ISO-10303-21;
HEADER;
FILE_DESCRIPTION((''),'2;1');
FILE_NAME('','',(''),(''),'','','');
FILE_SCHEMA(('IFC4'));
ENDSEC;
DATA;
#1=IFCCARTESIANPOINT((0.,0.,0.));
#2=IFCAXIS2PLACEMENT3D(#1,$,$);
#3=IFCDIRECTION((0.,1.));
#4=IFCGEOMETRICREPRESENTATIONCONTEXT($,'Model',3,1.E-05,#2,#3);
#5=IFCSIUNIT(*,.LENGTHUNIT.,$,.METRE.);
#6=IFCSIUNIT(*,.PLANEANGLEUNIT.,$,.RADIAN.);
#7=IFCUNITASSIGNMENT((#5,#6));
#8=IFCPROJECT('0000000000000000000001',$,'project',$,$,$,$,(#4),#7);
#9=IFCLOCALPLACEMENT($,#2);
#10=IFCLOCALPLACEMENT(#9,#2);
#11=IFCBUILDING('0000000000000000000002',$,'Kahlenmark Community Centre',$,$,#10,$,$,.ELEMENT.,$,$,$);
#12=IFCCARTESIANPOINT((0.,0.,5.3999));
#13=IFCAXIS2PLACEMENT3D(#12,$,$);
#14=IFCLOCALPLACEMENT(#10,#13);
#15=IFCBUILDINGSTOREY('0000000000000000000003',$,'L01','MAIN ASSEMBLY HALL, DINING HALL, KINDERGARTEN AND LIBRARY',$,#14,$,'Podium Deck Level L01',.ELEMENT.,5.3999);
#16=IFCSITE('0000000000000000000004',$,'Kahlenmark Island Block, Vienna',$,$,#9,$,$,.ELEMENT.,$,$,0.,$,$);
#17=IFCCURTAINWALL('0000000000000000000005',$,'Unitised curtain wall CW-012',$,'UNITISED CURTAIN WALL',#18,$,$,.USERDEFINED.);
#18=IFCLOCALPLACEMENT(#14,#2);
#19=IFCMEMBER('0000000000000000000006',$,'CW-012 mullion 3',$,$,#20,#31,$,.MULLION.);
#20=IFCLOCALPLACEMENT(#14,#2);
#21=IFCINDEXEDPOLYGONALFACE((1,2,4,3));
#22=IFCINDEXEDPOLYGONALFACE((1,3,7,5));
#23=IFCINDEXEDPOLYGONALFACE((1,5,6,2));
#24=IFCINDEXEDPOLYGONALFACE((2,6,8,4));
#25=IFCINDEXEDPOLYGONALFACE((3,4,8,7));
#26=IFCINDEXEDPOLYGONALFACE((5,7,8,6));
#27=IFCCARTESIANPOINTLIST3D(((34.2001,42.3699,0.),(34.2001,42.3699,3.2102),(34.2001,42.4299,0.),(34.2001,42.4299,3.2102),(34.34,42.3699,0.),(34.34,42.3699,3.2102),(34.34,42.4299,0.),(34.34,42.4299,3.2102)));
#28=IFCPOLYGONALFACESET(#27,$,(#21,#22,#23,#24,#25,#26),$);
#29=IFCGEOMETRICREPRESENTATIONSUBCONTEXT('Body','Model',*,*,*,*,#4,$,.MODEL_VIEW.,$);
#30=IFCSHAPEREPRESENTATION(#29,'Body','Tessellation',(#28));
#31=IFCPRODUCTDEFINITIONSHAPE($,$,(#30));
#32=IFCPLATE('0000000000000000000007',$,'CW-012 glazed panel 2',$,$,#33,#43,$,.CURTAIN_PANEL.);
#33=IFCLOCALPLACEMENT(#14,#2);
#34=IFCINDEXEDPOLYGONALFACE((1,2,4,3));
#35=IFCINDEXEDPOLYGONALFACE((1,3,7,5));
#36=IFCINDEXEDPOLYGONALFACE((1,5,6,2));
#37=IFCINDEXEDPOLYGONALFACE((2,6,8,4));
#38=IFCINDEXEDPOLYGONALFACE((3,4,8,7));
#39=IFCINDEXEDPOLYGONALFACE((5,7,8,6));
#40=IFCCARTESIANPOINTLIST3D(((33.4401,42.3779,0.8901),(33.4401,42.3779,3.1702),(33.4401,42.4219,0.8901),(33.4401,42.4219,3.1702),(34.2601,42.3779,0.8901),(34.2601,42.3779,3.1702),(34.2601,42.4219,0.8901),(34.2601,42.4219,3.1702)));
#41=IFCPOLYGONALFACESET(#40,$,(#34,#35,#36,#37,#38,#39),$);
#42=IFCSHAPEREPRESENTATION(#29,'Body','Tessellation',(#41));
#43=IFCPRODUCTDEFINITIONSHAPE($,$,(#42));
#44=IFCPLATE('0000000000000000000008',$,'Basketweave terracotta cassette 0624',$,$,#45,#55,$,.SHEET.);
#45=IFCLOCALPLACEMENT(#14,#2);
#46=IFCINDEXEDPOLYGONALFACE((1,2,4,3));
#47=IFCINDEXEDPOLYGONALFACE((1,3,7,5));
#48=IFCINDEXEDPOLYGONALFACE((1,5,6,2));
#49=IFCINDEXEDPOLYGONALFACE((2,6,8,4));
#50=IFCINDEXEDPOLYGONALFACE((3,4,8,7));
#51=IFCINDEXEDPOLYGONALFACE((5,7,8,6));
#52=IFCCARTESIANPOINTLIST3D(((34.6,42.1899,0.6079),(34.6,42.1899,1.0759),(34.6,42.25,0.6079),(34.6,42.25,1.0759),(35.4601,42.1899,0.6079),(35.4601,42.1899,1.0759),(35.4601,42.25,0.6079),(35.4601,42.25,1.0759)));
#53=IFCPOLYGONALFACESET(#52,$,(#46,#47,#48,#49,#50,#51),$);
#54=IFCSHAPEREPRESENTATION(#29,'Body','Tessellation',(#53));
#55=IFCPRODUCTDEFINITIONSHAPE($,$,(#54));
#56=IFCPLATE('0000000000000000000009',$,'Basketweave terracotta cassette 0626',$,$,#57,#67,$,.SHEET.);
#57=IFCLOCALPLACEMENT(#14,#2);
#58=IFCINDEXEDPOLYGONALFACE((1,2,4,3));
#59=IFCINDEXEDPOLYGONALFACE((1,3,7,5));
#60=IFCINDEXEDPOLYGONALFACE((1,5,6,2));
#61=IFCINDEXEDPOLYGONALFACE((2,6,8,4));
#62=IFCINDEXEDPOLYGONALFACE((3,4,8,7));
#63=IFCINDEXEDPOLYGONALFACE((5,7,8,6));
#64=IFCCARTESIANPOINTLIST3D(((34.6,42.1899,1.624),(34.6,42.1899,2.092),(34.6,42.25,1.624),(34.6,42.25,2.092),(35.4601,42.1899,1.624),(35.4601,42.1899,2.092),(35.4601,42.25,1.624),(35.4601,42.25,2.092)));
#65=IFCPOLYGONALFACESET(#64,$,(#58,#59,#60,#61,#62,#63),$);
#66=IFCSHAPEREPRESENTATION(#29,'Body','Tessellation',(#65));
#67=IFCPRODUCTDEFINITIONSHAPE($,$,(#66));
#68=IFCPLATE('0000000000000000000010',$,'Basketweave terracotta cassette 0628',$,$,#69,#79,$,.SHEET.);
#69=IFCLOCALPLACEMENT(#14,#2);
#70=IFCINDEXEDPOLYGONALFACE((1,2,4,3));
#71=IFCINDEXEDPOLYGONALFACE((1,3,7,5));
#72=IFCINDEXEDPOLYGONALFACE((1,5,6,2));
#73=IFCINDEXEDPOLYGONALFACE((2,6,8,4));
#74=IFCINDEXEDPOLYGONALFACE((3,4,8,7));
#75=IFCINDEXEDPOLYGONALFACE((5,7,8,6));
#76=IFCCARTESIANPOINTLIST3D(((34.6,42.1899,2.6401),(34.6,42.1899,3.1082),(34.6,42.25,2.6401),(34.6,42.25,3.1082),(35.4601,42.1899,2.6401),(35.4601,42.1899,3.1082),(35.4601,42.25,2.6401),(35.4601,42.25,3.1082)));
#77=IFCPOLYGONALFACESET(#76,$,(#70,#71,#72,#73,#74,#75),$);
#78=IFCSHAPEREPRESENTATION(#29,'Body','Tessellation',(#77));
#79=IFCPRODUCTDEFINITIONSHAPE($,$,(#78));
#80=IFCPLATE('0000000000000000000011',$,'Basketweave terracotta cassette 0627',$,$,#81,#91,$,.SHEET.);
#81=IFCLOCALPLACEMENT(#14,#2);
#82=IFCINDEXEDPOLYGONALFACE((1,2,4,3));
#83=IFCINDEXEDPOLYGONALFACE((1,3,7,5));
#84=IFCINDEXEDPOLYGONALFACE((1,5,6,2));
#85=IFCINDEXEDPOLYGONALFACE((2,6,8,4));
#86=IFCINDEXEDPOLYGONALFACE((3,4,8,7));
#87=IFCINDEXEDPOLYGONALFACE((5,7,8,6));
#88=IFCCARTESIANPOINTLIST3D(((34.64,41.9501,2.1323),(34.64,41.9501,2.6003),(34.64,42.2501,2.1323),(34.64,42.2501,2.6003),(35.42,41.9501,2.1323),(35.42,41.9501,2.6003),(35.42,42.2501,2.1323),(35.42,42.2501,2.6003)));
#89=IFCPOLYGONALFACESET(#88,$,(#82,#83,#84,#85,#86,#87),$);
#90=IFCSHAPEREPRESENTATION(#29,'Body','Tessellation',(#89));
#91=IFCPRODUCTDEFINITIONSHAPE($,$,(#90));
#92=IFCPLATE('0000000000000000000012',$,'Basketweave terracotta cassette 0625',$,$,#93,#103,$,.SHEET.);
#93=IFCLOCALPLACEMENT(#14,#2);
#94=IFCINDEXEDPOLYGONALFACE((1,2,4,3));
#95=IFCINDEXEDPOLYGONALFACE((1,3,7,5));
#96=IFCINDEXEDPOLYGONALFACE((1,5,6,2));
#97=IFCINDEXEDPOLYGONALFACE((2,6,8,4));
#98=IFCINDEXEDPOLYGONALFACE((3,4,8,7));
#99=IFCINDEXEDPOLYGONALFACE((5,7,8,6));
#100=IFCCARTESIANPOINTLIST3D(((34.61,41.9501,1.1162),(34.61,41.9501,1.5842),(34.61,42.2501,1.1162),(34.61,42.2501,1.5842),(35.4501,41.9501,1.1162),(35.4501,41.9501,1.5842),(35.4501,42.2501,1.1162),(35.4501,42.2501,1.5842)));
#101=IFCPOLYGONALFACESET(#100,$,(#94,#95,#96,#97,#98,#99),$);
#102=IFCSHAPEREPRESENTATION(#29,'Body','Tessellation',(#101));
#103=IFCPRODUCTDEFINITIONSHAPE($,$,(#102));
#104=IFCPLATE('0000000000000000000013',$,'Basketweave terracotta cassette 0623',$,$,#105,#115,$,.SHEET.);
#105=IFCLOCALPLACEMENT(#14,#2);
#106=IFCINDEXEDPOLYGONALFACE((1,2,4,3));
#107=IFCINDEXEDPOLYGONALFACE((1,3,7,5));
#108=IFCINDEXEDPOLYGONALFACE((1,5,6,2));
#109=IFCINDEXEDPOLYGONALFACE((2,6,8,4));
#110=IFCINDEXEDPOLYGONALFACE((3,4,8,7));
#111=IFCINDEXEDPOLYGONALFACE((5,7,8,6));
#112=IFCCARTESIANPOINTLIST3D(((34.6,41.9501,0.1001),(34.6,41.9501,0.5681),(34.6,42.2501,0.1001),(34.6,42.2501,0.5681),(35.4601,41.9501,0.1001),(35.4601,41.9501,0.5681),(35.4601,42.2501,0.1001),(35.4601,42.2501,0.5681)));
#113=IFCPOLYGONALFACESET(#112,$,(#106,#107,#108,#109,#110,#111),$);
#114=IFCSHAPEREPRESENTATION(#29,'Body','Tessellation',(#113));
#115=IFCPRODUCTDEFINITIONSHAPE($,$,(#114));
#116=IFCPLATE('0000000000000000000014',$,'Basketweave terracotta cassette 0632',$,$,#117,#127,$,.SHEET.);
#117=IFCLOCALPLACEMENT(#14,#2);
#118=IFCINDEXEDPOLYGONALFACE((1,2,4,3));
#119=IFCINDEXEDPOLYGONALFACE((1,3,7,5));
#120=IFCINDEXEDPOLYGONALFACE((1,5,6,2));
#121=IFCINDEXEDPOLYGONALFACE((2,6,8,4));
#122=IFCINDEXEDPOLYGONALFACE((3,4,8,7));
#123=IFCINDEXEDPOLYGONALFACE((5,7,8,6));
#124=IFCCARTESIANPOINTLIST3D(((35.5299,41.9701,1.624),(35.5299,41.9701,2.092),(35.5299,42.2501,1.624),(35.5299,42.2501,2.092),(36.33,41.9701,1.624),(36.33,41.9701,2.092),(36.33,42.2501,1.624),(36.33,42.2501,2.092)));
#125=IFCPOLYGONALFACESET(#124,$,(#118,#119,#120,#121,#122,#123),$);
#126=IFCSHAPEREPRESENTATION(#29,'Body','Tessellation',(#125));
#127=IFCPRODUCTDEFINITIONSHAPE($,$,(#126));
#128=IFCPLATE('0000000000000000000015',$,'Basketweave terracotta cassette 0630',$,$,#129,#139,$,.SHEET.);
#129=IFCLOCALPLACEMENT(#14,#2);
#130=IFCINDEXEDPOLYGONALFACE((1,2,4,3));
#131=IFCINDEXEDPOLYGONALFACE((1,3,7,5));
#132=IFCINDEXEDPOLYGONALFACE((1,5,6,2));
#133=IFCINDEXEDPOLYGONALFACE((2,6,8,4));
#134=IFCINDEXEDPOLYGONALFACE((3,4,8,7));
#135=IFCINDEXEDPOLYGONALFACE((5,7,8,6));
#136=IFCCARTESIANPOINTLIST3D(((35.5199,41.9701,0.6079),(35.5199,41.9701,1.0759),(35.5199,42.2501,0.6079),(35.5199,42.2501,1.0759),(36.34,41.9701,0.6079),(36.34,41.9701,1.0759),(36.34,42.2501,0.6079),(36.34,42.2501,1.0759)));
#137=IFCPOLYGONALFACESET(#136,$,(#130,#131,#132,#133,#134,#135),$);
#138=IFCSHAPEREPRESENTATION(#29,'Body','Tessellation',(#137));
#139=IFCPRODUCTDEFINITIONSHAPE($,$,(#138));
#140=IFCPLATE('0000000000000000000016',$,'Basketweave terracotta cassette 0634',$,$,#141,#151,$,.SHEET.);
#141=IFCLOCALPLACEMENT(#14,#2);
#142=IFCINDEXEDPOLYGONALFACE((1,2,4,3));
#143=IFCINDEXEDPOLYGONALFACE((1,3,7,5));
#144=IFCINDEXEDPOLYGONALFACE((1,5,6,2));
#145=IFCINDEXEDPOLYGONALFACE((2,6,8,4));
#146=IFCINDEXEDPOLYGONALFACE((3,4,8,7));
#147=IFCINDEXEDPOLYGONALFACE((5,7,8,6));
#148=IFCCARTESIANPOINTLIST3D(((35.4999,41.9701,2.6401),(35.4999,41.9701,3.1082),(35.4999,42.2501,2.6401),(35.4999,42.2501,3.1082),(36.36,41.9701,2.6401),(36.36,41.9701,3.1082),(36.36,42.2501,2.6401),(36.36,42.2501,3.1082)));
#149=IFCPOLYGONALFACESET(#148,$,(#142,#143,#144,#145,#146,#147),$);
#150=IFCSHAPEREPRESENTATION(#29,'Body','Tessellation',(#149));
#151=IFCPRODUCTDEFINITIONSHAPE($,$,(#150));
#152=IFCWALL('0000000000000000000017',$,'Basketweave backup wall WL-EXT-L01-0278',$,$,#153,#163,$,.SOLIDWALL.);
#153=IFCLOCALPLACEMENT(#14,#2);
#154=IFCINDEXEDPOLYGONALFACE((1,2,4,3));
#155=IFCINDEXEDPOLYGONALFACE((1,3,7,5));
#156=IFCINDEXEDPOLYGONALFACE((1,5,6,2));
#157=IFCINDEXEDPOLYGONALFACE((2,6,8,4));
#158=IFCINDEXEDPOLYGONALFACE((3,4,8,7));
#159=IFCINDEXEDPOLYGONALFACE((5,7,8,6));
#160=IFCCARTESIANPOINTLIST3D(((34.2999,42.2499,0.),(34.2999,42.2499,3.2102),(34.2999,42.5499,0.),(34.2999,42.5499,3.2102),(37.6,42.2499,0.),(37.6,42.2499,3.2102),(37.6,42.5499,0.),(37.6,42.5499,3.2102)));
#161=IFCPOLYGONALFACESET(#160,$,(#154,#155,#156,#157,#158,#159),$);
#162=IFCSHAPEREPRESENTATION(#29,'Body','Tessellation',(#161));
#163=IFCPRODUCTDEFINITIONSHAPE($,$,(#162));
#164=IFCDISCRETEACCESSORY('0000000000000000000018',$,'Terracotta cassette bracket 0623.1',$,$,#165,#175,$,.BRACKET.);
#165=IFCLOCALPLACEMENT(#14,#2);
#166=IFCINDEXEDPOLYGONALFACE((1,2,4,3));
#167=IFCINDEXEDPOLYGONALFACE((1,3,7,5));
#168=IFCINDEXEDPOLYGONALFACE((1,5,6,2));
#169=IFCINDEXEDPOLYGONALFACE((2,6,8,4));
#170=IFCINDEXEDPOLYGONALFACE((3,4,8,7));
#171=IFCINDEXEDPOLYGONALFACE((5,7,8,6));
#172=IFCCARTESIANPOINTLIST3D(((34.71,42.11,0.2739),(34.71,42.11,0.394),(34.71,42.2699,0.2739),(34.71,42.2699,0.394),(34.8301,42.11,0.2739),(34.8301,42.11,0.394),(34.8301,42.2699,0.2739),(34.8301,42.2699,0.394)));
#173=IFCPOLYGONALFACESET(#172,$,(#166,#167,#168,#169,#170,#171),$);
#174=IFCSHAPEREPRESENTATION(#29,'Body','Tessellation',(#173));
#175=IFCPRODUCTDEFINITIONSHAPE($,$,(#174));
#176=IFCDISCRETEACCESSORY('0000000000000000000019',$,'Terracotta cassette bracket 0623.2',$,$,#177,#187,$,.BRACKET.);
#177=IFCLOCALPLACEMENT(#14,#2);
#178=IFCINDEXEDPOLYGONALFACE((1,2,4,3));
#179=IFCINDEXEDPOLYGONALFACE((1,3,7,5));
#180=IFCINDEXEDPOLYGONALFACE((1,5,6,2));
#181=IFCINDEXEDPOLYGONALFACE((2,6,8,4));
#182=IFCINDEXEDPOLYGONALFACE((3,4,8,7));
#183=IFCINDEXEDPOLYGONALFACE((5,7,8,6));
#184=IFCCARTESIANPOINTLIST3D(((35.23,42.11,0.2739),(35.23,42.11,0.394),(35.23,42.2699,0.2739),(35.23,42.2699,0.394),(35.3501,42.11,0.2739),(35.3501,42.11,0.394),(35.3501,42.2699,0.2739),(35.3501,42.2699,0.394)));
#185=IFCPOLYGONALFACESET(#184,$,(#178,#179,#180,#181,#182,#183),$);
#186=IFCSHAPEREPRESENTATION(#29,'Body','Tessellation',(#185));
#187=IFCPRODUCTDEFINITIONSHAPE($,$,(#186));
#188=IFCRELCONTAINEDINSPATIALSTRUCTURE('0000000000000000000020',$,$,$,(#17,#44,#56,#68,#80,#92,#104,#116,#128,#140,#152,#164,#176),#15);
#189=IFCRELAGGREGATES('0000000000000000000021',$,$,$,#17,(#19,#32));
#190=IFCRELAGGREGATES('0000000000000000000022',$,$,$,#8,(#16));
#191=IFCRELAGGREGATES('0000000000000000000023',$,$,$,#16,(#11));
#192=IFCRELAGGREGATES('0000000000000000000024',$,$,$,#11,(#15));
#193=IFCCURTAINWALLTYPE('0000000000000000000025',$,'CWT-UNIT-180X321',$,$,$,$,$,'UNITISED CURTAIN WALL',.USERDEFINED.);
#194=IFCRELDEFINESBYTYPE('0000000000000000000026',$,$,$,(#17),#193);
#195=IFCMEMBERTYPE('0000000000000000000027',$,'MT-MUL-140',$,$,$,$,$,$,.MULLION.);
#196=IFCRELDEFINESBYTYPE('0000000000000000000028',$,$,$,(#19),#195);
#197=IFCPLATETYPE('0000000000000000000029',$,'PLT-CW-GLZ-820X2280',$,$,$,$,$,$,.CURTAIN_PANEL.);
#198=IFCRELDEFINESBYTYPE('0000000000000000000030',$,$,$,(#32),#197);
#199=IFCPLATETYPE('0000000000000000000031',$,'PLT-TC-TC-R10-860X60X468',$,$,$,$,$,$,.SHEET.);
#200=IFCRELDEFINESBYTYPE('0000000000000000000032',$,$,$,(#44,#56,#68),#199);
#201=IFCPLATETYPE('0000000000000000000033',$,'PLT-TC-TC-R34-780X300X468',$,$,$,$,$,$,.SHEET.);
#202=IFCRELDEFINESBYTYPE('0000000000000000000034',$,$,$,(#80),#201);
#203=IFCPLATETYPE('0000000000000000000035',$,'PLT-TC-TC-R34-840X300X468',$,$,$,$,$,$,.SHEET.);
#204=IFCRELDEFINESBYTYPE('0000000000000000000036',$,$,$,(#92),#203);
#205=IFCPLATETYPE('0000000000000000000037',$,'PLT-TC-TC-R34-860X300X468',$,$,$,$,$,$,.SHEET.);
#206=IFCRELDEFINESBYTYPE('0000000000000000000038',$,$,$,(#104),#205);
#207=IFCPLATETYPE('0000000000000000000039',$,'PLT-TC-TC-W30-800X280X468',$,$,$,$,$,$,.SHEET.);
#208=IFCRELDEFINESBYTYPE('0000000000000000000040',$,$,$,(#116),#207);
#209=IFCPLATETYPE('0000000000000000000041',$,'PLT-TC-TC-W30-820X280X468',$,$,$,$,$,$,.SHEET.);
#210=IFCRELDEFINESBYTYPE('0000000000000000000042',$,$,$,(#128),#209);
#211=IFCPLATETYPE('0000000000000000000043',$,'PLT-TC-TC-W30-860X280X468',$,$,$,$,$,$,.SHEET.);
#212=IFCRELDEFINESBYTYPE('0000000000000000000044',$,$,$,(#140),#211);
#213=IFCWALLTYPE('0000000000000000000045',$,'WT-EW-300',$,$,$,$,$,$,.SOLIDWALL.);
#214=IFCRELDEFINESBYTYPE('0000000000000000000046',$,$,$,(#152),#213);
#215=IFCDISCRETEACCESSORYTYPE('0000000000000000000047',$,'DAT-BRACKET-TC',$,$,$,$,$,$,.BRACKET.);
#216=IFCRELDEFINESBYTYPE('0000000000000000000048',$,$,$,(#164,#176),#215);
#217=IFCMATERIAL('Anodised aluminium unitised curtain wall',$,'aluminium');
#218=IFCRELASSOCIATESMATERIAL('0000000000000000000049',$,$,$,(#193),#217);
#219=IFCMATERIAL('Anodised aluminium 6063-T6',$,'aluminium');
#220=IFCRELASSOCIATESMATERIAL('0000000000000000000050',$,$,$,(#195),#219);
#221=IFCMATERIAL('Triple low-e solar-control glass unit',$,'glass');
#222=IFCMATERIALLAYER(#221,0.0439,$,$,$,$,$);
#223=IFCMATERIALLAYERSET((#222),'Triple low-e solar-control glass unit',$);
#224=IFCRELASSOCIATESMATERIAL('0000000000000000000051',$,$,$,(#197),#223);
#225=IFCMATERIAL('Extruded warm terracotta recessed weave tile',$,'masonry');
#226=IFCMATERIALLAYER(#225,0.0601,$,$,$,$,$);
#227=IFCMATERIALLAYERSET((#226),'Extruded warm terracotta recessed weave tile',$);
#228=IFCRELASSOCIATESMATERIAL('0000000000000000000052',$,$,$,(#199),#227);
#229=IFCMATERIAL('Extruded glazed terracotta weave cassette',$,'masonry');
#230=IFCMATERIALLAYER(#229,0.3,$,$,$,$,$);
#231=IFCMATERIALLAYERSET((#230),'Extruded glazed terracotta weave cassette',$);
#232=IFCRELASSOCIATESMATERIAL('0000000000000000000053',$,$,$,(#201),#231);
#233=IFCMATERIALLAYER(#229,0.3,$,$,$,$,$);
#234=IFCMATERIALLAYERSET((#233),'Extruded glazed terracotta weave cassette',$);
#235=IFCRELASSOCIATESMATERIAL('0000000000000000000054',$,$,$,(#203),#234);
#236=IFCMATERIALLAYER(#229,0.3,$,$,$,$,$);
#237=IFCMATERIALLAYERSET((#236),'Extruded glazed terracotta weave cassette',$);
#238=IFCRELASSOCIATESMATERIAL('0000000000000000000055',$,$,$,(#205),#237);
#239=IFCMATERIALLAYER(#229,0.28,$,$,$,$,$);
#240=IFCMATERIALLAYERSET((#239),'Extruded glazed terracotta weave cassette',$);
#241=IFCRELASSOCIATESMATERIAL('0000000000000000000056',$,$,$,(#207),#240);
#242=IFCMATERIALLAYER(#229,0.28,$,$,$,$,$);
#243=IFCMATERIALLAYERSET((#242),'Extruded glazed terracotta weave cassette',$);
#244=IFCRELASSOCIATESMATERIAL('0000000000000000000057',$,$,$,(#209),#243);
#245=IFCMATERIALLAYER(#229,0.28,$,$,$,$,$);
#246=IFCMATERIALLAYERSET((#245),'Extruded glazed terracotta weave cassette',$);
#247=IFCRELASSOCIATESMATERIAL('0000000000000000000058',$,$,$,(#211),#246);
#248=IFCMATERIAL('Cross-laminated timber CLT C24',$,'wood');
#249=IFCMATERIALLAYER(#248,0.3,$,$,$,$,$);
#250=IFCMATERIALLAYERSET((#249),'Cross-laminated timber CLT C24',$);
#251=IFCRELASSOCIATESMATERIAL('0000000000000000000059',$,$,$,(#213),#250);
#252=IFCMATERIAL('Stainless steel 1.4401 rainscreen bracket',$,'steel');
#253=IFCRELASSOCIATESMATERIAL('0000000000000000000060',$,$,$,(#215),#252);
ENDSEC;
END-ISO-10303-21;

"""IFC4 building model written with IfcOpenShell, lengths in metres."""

from ifc_helpers import new_model, si_unit, direction, frame, frame_2d, origin, origin_2d, place, context, subcontext, project, spatial, rectangle, extrude, material, layer, layer_set, material_profile, profile_set, type_object, element, aggregate, save


model = new_model("IFC4")

# Units and contexts
model_context = context("Model", 3, precision=1e-05, world=origin(), true_north=direction((0.0, 1.0)))
body_context = subcontext(model_context, "Body", "Model", "MODEL_VIEW")
ifc_project = project(units=[si_unit("LENGTHUNIT", "METRE"), si_unit("PLANEANGLEUNIT", "RADIAN")], contexts=[model_context])

# Site, building, storey
site_placement = place(None, origin())
site = spatial("IfcSite", under=ifc_project, at=site_placement, Name="Kahlenmark Island Block, Vienna", CompositionType="ELEMENT", RefElevation=0.0)
building_placement = place(site_placement, origin())
building = spatial("IfcBuilding", under=site, at=building_placement, Name="Kahlenmark Community Centre", CompositionType="ELEMENT")
storey_placement = place(building_placement, frame((0.0, 0.0, 5.3999)))
storey = spatial("IfcBuildingStorey", under=building, at=storey_placement, Name="L01", Description="MAIN ASSEMBLY HALL, DINING HALL, KINDERGARTEN AND LIBRARY", LongName="Podium Deck Level L01", CompositionType="ELEMENT", Elevation=5.3999)

# Curtain wall, member, plate
ifc_material_1 = material(Name="Anodised aluminium unitised curtain wall", Category="aluminium")
curtain_wall_type = type_object("IfcCurtainWallType", Name="CWT-UNIT-180X321", ElementType="UNITISED CURTAIN WALL", PredefinedType="USERDEFINED", material=ifc_material_1)
curtain_wall_placement = place(storey_placement, origin())
curtain_wall = element("IfcCurtainWall", 1, at=curtain_wall_placement, inside=storey, type_object=curtain_wall_type, Name="Unitised curtain wall CW-012", ObjectType="UNITISED CURTAIN WALL", PredefinedType="USERDEFINED")
ifc_material_2 = material(Name="Anodised aluminium 6063-T6", Category="aluminium")
ifc_material_profile = material_profile(ifc_material_2, rectangle(XDim=0.0601, YDim=0.1399, at=origin_2d()), Name="ALU MULLION 60x140")
ifc_profile_set = profile_set([ifc_material_profile], Name="Anodised aluminium 6063-T6")
member_type = type_object("IfcMemberType", Name="MT-MUL-140", PredefinedType="MULLION", material=ifc_profile_set)
member_placement = place(storey_placement, frame((34.27, 42.3999, 0.0), z_axis=(0.0, 0.0, 1.0), x_axis=(0.0, 1.0, 0.0)))
member = element("IfcMember", 2, at=member_placement, type_object=member_type, Name="CW-012 mullion 3", PredefinedType="MULLION", context=body_context, shape_type="SweptSolid", body=[
    extrude(rectangle(XDim=0.0601, YDim=0.1399, at=origin_2d()), origin(), (0.0, 0.0, 1.0), 3.2102),
])
ifc_material_3 = material(Name="Triple low-e solar-control glass unit", Category="glass")
ifc_layer_1 = layer(ifc_material_3, 0.0439)
ifc_layer_set_1 = layer_set([ifc_layer_1], Name="Triple low-e solar-control glass unit")
plate_type_1 = type_object("IfcPlateType", Name="PLT-CW-GLZ-820X2280", PredefinedType="CURTAIN_PANEL", material=ifc_layer_set_1)
plate_1_placement = place(storey_placement, frame((33.8501, 42.3999, 0.8901), z_axis=(0.0, 0.0, 1.0), x_axis=(1.0, 0.0, 0.0)))
plate_1 = element("IfcPlate", 3, at=plate_1_placement, type_object=plate_type_1, Name="CW-012 glazed panel 2", PredefinedType="CURTAIN_PANEL", context=body_context, shape_type="SweptSolid", body=[
    extrude(rectangle(XDim=0.8201, YDim=0.0439, at=origin_2d()), origin(), (0.0, 0.0, 1.0), 2.28),
])
aggregate(curtain_wall, [member, plate_1])

# Plates
ifc_material_4 = material(Name="Extruded warm terracotta recessed weave tile", Category="masonry")
ifc_layer_2 = layer(ifc_material_4, 0.0601)
ifc_layer_set_2 = layer_set([ifc_layer_2], Name="Extruded warm terracotta recessed weave tile")
plate_type_2 = type_object("IfcPlateType", Name="PLT-TC-TC-R10-860X60X468", PredefinedType="SHEET", material=ifc_layer_set_2)
for number, where, z_axis, x_axis, name in (
    (4, (35.03, 42.22, 0.6079), (0.0, 0.0, 1.0), (1.0, 0.0, 0.0), "Basketweave terracotta cassette 0624"),
    (5, (35.03, 42.22, 1.624), (0.0, 0.0, 1.0), (1.0, 0.0, 0.0), "Basketweave terracotta cassette 0626"),
    (6, (35.03, 42.22, 2.6401), (0.0, 0.0, 1.0), (1.0, 0.0, 0.0), "Basketweave terracotta cassette 0628"),
):
    element("IfcPlate", number, at=place(storey_placement, frame(where, z_axis=z_axis, x_axis=x_axis)), inside=storey, type_object=plate_type_2, Name=name, PredefinedType="SHEET", context=body_context, shape_type="SweptSolid", body=[
        extrude(rectangle(XDim=0.8601, YDim=0.0601, at=origin_2d()), origin(), (0.0, 0.0, 1.0), 0.468),
    ])
ifc_material_5 = material(Name="Extruded glazed terracotta weave cassette", Category="masonry")
ifc_layer_3 = layer(ifc_material_5, 0.3)
ifc_layer_set_3 = layer_set([ifc_layer_3], Name="Extruded glazed terracotta weave cassette")
plate_type_3 = type_object("IfcPlateType", Name="PLT-TC-TC-R34-780X300X468", PredefinedType="SHEET", material=ifc_layer_set_3)
plate_2_placement = place(storey_placement, frame((35.03, 42.1001, 2.1323), z_axis=(0.0, 0.0, 1.0), x_axis=(1.0, 0.0, 0.0)))
element("IfcPlate", 7, at=plate_2_placement, inside=storey, type_object=plate_type_3, Name="Basketweave terracotta cassette 0627", PredefinedType="SHEET", context=body_context, shape_type="SweptSolid", body=[
    extrude(rectangle(XDim=0.78, YDim=0.3, at=origin_2d()), origin(), (0.0, 0.0, 1.0), 0.468),
])
ifc_layer_4 = layer(ifc_material_5, 0.3)
ifc_layer_set_4 = layer_set([ifc_layer_4], Name="Extruded glazed terracotta weave cassette")
plate_type_4 = type_object("IfcPlateType", Name="PLT-TC-TC-R34-840X300X468", PredefinedType="SHEET", material=ifc_layer_set_4)
plate_3_placement = place(storey_placement, frame((35.03, 42.1001, 1.1162), z_axis=(0.0, 0.0, 1.0), x_axis=(1.0, 0.0, 0.0)))
element("IfcPlate", 8, at=plate_3_placement, inside=storey, type_object=plate_type_4, Name="Basketweave terracotta cassette 0625", PredefinedType="SHEET", context=body_context, shape_type="SweptSolid", body=[
    extrude(rectangle(XDim=0.8401, YDim=0.3, at=origin_2d()), origin(), (0.0, 0.0, 1.0), 0.468),
])
ifc_layer_5 = layer(ifc_material_5, 0.3)
ifc_layer_set_5 = layer_set([ifc_layer_5], Name="Extruded glazed terracotta weave cassette")
plate_type_5 = type_object("IfcPlateType", Name="PLT-TC-TC-R34-860X300X468", PredefinedType="SHEET", material=ifc_layer_set_5)
plate_4_placement = place(storey_placement, frame((35.03, 42.1001, 0.1001), z_axis=(0.0, 0.0, 1.0), x_axis=(1.0, 0.0, 0.0)))
element("IfcPlate", 9, at=plate_4_placement, inside=storey, type_object=plate_type_5, Name="Basketweave terracotta cassette 0623", PredefinedType="SHEET", context=body_context, shape_type="SweptSolid", body=[
    extrude(rectangle(XDim=0.8601, YDim=0.3, at=origin_2d()), origin(), (0.0, 0.0, 1.0), 0.468),
])
ifc_layer_6 = layer(ifc_material_5, 0.28)
ifc_layer_set_6 = layer_set([ifc_layer_6], Name="Extruded glazed terracotta weave cassette")
plate_type_6 = type_object("IfcPlateType", Name="PLT-TC-TC-W30-800X280X468", PredefinedType="SHEET", material=ifc_layer_set_6)
plate_5_placement = place(storey_placement, frame((35.9299, 42.1101, 1.624), z_axis=(0.0, 0.0, 1.0), x_axis=(1.0, 0.0, 0.0)))
element("IfcPlate", 10, at=plate_5_placement, inside=storey, type_object=plate_type_6, Name="Basketweave terracotta cassette 0632", PredefinedType="SHEET", context=body_context, shape_type="SweptSolid", body=[
    extrude(rectangle(XDim=0.8, YDim=0.28, at=origin_2d()), origin(), (0.0, 0.0, 1.0), 0.468),
])
ifc_layer_7 = layer(ifc_material_5, 0.28)
ifc_layer_set_7 = layer_set([ifc_layer_7], Name="Extruded glazed terracotta weave cassette")
plate_type_7 = type_object("IfcPlateType", Name="PLT-TC-TC-W30-820X280X468", PredefinedType="SHEET", material=ifc_layer_set_7)
plate_6_placement = place(storey_placement, frame((35.9299, 42.1101, 0.6079), z_axis=(0.0, 0.0, 1.0), x_axis=(1.0, 0.0, 0.0)))
element("IfcPlate", 11, at=plate_6_placement, inside=storey, type_object=plate_type_7, Name="Basketweave terracotta cassette 0630", PredefinedType="SHEET", context=body_context, shape_type="SweptSolid", body=[
    extrude(rectangle(XDim=0.8201, YDim=0.28, at=origin_2d()), origin(), (0.0, 0.0, 1.0), 0.468),
])
ifc_layer_8 = layer(ifc_material_5, 0.28)
ifc_layer_set_8 = layer_set([ifc_layer_8], Name="Extruded glazed terracotta weave cassette")
plate_type_8 = type_object("IfcPlateType", Name="PLT-TC-TC-W30-860X280X468", PredefinedType="SHEET", material=ifc_layer_set_8)
plate_7_placement = place(storey_placement, frame((35.9299, 42.1101, 2.6401), z_axis=(0.0, 0.0, 1.0), x_axis=(1.0, 0.0, 0.0)))
element("IfcPlate", 12, at=plate_7_placement, inside=storey, type_object=plate_type_8, Name="Basketweave terracotta cassette 0634", PredefinedType="SHEET", context=body_context, shape_type="SweptSolid", body=[
    extrude(rectangle(XDim=0.8601, YDim=0.28, at=origin_2d()), origin(), (0.0, 0.0, 1.0), 0.468),
])

# Wall
ifc_material_6 = material(Name="Cross-laminated timber CLT C24", Category="wood")
ifc_layer_9 = layer(ifc_material_6, 0.3)
ifc_layer_set_9 = layer_set([ifc_layer_9], Name="Cross-laminated timber CLT C24")
wall_type = type_object("IfcWallType", Name="WT-EW-300", PredefinedType="SOLIDWALL", material=ifc_layer_set_9)
wall_placement = place(storey_placement, frame((34.3, 42.3999, 0.0), z_axis=(0.0, 0.0, 1.0), x_axis=(1.0, 0.0, 0.0)))
element("IfcWall", 13, at=wall_placement, inside=storey, type_object=wall_type, Name="Basketweave backup wall WL-EXT-L01-0278", PredefinedType="SOLIDWALL", context=body_context, shape_type="SweptSolid", body=[
    extrude(rectangle(XDim=3.3, YDim=0.3, at=frame_2d((1.6499, 0.0))), origin(), (0.0, 0.0, 1.0), 3.2102),
])

# Discrete accessories
ifc_material_7 = material(Name="Stainless steel 1.4401 rainscreen bracket", Category="steel")
discrete_accessory_type = type_object("IfcDiscreteAccessoryType", Name="DAT-BRACKET-TC", PredefinedType="BRACKET", material=ifc_material_7)
for number, where, z_axis, x_axis, name in (
    (14, (34.77, 42.1899, 0.2739), (0.0, 0.0, 1.0), (1.0, 0.0, 0.0), "Terracotta cassette bracket 0623.1"),
    (15, (35.29, 42.1899, 0.2739), (0.0, 0.0, 1.0), (1.0, 0.0, 0.0), "Terracotta cassette bracket 0623.2"),
):
    element("IfcDiscreteAccessory", number, at=place(storey_placement, frame(where, z_axis=z_axis, x_axis=x_axis)), inside=storey, type_object=discrete_accessory_type, Name=name, PredefinedType="BRACKET", context=body_context, shape_type="SweptSolid", body=[
        extrude(rectangle(XDim=0.1201, YDim=0.1599, at=origin_2d()), origin(), (0.0, 0.0, 1.0), 0.1201),
    ])

save(model, "model.ifc")
